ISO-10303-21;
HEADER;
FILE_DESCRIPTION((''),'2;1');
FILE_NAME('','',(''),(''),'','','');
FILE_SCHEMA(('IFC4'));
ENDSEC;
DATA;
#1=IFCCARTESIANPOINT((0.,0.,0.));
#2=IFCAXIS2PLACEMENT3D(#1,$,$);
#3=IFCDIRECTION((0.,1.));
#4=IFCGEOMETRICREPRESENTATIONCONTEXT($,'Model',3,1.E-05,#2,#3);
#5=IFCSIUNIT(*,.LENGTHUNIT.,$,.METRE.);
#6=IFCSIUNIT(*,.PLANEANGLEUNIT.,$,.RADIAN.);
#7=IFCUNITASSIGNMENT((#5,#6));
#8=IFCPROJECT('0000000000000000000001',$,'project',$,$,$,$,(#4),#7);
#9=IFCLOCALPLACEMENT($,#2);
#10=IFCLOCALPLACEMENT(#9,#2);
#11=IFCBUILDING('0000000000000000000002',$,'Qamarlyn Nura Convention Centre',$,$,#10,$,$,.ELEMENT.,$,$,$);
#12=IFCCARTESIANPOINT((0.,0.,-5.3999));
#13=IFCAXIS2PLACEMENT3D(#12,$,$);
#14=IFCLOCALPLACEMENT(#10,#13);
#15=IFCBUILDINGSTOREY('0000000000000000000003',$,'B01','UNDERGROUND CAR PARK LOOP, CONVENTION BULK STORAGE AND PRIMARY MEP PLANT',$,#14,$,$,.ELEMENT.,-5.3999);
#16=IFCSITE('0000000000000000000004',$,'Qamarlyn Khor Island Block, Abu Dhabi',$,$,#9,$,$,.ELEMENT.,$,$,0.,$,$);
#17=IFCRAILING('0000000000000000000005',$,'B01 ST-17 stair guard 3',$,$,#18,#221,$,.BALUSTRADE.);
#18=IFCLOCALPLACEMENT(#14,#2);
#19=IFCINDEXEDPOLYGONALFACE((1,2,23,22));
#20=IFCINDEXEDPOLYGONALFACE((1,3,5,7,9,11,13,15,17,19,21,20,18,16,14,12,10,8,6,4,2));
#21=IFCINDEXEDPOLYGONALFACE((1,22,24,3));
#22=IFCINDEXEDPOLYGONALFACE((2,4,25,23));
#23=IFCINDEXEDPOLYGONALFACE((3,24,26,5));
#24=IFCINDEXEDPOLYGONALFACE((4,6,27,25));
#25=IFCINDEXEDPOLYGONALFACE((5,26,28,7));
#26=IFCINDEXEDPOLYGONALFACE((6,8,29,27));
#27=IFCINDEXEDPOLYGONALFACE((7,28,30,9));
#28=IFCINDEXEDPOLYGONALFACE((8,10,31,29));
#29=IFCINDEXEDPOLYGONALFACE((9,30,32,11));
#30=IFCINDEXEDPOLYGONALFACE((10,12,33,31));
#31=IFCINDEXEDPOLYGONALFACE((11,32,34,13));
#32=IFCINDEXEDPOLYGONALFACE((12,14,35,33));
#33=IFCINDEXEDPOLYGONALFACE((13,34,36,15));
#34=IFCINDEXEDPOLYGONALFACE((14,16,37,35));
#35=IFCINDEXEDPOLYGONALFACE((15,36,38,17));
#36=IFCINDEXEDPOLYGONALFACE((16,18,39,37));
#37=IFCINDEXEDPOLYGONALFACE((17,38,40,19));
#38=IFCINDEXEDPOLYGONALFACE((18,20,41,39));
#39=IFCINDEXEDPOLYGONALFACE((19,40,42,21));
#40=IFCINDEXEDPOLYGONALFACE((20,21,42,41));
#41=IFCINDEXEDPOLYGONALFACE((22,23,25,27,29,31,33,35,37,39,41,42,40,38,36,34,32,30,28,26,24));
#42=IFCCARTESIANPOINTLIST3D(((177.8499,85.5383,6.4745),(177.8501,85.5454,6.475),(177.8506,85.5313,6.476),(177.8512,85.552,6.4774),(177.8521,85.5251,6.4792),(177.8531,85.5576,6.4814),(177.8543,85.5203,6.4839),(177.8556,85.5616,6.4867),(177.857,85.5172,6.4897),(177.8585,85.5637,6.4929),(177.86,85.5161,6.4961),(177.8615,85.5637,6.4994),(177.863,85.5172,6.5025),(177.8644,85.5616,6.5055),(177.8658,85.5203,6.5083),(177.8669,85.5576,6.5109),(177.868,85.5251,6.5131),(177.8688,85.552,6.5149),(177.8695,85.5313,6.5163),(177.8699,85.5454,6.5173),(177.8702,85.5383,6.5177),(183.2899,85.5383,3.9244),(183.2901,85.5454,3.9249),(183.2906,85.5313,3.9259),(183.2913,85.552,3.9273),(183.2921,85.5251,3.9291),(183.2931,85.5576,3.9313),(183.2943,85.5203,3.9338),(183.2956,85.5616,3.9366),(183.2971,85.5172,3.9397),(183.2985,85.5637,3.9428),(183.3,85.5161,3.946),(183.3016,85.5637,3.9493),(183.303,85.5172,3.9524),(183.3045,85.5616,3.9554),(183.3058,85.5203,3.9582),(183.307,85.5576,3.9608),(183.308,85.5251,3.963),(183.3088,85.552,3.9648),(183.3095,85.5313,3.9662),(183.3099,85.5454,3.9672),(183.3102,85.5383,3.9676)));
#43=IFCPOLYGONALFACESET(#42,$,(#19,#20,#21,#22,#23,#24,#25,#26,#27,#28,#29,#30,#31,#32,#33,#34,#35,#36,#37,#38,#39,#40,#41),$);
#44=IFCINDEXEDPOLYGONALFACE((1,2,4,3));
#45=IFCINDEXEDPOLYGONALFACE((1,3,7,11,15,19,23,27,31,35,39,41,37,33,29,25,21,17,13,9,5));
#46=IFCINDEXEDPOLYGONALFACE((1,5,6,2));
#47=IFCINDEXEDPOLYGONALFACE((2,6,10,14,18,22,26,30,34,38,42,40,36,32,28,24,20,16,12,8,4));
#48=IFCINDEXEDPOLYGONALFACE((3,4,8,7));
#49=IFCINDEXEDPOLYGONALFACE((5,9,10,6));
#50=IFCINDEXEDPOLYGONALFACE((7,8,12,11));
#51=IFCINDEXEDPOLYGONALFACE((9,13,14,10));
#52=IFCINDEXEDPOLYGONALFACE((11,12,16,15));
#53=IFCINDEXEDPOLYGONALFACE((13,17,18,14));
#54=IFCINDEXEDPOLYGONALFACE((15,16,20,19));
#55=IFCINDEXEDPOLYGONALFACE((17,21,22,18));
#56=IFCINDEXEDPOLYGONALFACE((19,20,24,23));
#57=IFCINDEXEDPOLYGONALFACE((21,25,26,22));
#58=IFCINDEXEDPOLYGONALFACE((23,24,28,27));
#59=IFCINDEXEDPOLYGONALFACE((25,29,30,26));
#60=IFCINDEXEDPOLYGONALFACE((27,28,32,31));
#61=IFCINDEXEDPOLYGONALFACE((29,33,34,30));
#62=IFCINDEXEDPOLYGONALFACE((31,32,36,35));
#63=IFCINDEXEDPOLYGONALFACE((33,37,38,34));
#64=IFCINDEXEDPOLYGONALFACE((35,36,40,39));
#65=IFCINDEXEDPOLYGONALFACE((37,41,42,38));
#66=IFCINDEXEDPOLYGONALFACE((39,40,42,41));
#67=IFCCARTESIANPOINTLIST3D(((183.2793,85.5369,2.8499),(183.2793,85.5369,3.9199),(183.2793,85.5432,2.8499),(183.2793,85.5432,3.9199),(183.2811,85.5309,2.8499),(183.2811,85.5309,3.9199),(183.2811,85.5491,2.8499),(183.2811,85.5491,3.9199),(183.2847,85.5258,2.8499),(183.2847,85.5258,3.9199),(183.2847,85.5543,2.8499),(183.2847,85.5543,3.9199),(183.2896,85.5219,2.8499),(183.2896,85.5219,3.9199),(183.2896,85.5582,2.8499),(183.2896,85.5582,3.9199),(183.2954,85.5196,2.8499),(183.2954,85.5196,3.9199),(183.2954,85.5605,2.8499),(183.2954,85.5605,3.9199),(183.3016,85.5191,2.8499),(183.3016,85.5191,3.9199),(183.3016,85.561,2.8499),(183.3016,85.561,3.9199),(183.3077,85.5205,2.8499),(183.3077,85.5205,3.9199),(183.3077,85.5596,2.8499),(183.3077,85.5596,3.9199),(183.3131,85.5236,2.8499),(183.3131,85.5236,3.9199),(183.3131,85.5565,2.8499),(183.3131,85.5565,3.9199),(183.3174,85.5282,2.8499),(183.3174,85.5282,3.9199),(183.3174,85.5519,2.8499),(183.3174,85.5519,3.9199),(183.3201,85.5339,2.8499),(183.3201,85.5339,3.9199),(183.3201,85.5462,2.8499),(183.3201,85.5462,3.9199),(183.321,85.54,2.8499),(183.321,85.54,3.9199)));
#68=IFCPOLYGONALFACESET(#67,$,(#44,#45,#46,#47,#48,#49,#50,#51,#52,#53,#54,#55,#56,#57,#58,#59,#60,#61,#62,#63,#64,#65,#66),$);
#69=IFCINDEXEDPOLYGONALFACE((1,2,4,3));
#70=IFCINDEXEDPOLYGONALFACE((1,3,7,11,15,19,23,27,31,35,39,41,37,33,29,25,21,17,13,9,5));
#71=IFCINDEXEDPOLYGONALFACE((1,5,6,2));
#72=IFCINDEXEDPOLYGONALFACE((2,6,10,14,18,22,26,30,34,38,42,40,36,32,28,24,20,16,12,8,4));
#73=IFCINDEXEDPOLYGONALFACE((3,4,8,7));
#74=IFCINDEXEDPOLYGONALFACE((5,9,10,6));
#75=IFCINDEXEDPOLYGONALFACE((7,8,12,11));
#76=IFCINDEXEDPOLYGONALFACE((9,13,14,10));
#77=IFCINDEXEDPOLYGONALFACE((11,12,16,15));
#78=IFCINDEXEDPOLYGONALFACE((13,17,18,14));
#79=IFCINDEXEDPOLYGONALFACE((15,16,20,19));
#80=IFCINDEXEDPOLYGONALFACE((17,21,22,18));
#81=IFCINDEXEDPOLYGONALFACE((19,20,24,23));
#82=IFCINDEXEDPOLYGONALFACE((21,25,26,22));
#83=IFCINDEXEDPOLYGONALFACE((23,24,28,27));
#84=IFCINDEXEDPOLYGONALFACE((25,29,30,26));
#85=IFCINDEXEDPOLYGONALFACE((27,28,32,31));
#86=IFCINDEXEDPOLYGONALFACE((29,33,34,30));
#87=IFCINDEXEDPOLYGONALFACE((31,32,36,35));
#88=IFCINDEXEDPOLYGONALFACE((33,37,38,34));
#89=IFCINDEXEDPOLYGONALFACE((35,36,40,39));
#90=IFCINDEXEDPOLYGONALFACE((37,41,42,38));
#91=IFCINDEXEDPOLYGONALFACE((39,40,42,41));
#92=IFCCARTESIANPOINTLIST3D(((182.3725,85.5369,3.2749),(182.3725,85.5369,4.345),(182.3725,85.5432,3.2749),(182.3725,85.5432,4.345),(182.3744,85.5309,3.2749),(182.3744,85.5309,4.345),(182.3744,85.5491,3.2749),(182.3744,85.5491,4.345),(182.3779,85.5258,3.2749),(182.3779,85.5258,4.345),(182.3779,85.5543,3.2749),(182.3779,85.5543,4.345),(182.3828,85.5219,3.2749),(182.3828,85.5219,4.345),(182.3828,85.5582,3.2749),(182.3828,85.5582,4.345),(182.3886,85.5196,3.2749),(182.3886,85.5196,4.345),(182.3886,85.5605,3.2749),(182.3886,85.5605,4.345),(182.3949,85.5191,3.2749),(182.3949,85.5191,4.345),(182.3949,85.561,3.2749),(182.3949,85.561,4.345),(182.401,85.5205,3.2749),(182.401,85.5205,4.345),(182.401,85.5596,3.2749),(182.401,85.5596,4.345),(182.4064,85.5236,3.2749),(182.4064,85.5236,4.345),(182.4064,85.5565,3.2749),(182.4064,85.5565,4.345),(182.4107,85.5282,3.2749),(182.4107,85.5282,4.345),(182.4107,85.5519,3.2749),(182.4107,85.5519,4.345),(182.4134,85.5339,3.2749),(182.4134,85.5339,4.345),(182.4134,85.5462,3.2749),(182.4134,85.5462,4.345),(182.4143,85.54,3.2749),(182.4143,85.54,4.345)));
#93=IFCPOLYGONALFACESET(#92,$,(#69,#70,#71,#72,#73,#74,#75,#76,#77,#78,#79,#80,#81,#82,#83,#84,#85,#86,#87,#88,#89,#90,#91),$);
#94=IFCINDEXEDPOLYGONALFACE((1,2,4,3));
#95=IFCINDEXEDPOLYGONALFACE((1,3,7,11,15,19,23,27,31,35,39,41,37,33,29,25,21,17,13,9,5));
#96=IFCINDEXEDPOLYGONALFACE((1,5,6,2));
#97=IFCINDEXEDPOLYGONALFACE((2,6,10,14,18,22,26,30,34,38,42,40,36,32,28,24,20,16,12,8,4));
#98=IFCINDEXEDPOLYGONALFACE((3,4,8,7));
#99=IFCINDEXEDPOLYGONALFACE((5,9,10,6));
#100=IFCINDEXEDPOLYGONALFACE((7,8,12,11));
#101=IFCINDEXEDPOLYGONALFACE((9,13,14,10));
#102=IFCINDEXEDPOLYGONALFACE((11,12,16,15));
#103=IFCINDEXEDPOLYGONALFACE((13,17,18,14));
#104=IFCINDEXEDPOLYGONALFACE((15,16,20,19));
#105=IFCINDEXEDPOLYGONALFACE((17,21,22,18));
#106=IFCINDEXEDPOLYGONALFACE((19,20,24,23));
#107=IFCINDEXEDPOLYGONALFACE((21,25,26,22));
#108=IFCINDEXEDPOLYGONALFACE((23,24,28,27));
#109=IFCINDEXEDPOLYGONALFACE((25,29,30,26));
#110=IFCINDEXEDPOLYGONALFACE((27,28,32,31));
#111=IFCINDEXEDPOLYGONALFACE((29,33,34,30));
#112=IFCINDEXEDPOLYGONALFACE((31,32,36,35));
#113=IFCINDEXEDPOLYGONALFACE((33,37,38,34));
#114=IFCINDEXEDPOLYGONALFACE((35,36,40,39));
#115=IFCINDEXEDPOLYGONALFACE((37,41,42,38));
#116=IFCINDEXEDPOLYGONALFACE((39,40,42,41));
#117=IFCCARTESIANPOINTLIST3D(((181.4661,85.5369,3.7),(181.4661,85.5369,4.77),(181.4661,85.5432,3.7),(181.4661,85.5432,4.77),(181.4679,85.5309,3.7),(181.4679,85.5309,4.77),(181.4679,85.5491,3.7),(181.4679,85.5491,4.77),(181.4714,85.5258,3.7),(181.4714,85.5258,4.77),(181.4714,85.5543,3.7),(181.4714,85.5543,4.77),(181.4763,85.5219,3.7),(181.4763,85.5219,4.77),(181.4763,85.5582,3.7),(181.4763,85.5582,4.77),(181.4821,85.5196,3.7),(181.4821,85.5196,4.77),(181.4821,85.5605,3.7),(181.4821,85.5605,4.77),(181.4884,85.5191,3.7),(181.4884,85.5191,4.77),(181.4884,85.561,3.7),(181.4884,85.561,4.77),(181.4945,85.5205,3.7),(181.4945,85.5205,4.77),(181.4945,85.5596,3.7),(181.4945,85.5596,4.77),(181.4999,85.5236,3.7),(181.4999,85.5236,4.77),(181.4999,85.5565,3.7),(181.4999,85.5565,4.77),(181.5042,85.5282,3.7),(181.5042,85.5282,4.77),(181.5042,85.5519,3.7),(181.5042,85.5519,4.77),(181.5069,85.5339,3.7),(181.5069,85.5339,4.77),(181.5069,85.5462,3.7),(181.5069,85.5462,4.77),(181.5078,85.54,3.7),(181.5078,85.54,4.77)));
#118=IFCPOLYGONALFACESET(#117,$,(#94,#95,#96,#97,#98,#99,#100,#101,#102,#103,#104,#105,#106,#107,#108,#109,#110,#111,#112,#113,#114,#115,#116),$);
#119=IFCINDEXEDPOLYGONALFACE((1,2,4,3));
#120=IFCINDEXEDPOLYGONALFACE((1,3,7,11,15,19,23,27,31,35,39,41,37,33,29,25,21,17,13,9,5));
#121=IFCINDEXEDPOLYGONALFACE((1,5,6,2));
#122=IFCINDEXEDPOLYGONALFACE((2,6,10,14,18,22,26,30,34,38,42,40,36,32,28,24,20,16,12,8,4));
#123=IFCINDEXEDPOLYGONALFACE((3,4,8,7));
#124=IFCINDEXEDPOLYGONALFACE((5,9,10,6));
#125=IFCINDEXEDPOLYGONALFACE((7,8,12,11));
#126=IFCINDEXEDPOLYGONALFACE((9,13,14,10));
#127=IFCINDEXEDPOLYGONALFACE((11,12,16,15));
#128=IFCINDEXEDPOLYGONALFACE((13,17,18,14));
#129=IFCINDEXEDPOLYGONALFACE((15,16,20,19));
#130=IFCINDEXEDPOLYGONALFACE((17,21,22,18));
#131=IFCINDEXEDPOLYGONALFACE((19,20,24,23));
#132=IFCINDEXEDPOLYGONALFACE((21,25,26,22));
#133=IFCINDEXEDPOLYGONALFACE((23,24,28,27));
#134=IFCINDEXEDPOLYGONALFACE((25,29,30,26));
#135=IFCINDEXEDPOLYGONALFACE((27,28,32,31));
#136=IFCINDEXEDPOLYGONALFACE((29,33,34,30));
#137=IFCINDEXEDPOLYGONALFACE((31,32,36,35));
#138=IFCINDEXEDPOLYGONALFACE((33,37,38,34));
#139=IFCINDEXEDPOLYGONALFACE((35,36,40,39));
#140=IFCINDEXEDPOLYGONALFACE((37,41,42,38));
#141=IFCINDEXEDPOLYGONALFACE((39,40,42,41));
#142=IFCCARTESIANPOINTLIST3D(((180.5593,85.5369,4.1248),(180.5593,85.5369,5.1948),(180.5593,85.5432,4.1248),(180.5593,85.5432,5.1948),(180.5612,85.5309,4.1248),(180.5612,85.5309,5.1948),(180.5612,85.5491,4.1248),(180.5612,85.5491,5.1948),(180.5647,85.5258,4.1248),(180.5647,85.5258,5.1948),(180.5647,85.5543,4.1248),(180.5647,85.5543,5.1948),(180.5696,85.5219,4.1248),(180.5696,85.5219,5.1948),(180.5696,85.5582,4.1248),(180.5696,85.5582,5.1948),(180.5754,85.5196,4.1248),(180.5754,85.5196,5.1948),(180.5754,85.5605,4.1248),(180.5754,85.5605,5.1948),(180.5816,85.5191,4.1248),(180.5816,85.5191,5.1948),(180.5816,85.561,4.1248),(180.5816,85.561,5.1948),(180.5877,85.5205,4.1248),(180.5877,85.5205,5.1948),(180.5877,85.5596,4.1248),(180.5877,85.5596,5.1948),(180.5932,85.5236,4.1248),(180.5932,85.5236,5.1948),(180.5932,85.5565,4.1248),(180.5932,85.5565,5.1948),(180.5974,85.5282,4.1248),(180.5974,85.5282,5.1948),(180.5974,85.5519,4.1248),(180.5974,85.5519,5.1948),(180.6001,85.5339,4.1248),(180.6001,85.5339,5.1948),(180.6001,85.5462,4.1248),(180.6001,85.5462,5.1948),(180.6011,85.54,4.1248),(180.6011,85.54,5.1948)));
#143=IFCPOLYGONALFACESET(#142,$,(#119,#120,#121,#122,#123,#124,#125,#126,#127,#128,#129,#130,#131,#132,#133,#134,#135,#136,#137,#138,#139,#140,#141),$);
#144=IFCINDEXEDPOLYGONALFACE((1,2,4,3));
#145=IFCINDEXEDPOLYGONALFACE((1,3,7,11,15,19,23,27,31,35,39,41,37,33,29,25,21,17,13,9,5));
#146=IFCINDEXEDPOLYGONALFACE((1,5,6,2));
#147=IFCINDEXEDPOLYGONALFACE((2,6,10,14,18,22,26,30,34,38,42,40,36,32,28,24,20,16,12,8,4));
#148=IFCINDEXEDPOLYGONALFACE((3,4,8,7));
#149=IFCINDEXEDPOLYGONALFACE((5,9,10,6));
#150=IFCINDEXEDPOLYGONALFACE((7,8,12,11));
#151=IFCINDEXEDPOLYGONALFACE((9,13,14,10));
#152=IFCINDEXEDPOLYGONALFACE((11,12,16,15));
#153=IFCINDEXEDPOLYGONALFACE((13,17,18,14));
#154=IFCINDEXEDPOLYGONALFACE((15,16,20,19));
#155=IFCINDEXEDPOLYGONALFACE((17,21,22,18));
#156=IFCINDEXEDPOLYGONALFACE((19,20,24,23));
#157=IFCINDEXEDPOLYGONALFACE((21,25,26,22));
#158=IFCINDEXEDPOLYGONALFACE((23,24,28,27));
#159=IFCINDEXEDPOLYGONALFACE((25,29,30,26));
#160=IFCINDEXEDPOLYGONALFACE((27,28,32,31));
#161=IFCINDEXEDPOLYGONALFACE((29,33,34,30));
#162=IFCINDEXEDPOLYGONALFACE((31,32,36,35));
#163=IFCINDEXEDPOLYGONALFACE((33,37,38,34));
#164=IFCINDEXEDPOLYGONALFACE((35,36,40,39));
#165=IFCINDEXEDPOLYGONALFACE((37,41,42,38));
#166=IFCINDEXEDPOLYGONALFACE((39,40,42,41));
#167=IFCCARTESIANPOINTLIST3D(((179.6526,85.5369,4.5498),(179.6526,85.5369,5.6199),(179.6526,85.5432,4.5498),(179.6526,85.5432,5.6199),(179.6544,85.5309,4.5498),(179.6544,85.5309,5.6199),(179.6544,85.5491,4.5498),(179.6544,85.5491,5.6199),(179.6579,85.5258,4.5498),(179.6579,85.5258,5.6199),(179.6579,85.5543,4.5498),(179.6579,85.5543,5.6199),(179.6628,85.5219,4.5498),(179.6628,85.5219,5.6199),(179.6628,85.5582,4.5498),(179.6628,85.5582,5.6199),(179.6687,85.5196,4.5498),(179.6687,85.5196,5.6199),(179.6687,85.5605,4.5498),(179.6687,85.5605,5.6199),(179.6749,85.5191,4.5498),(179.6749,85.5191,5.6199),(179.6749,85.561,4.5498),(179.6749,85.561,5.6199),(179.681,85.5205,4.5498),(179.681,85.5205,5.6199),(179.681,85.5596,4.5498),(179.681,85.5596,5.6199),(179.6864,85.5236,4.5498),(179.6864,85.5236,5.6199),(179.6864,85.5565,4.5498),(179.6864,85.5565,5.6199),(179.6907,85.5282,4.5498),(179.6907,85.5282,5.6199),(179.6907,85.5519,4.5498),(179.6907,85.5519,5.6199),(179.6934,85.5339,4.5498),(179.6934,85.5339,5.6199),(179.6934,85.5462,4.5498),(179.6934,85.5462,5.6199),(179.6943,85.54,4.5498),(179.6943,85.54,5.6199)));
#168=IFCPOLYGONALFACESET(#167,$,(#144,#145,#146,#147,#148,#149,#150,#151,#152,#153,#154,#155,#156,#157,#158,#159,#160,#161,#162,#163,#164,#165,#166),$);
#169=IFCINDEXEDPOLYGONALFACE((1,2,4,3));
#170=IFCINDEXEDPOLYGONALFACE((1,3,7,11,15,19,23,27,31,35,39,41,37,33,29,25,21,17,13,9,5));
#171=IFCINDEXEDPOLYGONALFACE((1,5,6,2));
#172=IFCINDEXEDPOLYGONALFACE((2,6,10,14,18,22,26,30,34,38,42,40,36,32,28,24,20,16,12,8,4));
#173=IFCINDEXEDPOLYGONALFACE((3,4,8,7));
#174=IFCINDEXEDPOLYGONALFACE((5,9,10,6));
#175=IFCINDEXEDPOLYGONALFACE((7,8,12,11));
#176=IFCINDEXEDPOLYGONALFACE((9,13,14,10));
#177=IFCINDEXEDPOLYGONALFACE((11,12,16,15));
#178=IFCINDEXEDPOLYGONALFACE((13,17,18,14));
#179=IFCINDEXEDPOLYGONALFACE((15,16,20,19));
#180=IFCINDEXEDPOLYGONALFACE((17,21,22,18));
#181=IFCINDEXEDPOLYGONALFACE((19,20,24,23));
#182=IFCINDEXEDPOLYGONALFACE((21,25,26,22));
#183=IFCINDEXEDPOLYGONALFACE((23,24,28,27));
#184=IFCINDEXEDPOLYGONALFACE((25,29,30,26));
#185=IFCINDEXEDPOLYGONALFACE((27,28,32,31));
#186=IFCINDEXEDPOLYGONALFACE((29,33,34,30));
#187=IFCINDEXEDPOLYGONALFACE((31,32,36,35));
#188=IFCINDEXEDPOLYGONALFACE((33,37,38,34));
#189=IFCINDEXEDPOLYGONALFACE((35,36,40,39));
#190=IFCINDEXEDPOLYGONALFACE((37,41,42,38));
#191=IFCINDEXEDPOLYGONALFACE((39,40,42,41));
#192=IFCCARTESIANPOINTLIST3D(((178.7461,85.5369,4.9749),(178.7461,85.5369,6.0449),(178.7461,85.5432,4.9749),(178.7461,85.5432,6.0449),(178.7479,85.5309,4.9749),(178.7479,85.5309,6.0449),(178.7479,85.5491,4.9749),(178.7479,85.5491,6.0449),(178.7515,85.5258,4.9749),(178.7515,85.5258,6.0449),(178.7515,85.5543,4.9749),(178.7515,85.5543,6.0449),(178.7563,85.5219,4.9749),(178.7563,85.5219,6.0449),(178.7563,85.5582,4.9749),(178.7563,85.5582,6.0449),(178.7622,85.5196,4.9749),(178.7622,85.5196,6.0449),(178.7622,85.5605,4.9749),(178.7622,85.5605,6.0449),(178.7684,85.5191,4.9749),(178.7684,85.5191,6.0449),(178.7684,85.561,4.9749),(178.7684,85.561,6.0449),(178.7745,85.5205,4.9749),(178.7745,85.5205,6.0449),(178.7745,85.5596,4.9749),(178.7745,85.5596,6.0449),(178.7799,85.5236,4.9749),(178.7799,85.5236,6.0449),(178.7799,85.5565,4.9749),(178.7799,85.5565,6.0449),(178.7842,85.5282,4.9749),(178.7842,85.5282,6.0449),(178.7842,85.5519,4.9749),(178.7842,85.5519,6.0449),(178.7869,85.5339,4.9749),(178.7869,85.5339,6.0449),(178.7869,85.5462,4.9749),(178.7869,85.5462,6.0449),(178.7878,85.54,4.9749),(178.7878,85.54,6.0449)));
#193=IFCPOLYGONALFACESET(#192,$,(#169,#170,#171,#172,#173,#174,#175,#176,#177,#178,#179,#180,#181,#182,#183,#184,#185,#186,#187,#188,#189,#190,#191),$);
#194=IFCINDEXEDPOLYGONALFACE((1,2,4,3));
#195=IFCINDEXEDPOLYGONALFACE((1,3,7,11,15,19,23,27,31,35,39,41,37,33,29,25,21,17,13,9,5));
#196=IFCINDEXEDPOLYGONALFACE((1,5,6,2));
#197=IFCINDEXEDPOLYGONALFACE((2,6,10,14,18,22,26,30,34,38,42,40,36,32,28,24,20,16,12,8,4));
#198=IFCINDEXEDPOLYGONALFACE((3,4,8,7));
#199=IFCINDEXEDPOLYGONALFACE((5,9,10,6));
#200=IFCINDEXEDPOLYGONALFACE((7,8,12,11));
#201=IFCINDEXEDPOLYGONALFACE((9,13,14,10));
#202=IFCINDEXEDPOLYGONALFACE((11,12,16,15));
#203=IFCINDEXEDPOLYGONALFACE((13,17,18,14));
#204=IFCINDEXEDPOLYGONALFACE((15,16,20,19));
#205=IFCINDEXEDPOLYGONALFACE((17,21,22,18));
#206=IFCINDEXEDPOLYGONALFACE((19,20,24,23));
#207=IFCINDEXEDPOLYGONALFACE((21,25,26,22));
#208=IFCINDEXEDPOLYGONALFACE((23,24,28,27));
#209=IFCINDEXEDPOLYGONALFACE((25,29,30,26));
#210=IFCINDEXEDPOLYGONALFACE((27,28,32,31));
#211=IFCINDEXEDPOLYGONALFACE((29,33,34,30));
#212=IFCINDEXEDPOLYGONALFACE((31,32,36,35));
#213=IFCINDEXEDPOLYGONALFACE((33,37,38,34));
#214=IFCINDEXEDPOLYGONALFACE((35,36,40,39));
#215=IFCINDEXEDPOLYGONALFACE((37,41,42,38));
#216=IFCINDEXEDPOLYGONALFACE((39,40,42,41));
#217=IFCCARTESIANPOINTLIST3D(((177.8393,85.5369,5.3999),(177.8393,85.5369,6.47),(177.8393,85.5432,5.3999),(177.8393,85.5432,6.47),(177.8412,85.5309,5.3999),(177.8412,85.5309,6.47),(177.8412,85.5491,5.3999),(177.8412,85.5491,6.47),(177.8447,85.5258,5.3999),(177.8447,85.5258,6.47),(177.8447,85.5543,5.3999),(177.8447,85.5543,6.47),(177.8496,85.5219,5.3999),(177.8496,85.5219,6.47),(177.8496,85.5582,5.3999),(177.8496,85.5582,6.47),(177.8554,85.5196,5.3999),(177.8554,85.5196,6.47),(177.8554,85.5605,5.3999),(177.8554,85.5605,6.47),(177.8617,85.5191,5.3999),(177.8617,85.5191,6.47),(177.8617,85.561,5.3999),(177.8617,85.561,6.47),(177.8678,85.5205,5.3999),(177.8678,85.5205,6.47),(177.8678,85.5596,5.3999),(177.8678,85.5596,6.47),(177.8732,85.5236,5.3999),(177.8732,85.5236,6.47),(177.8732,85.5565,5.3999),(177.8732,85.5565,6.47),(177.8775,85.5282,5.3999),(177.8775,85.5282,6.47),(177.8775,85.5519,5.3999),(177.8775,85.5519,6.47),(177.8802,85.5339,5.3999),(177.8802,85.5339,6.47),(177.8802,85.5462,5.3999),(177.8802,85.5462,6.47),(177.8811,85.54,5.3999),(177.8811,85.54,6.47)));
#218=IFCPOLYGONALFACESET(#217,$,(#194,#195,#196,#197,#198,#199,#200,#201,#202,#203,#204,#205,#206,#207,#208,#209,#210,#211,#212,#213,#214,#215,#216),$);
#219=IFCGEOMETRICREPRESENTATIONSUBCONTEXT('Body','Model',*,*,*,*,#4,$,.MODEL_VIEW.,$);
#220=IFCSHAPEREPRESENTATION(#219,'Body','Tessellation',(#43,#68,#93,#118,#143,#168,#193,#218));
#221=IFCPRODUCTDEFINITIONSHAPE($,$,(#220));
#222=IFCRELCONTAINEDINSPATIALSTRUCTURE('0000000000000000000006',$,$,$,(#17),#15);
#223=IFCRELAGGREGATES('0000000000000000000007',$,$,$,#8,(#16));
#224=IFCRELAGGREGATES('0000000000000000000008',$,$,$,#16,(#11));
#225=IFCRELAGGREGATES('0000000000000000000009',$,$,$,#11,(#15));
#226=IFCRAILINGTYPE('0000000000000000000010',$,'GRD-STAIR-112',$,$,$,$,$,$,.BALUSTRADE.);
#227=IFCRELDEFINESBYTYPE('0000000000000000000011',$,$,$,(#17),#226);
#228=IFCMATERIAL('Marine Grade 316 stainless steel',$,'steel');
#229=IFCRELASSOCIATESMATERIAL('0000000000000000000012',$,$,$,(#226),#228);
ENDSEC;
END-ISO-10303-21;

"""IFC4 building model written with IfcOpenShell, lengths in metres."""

from ifc_helpers import new_model, si_unit, direction, frame, origin, origin_2d, place, context, subcontext, project, spatial, circle, extrude, material, type_object, element, save


model = new_model("IFC4")

# Units and contexts
model_context = context("Model", 3, precision=1e-05, world=origin(), true_north=direction((0.0, 1.0)))
body_context = subcontext(model_context, "Body", "Model", "MODEL_VIEW")
ifc_project = project(units=[si_unit("LENGTHUNIT", "METRE"), si_unit("PLANEANGLEUNIT", "RADIAN")], contexts=[model_context])

# Site, building, storey
site_placement = place(None, origin())
site = spatial("IfcSite", under=ifc_project, at=site_placement, Name="Qamarlyn Khor Island Block, Abu Dhabi", CompositionType="ELEMENT", RefElevation=0.0)
building_placement = place(site_placement, origin())
building = spatial("IfcBuilding", under=site, at=building_placement, Name="Qamarlyn Nura Convention Centre", CompositionType="ELEMENT")
storey_placement = place(building_placement, frame((0.0, 0.0, -5.3999)))
storey = spatial("IfcBuildingStorey", under=building, at=storey_placement, Name="B01", Description="UNDERGROUND CAR PARK LOOP, CONVENTION BULK STORAGE AND PRIMARY MEP PLANT", CompositionType="ELEMENT", Elevation=-5.3999)

# Railing
ifc_material_1 = material(Name="Marine Grade 316 stainless steel", Category="steel")
railing_type_1 = type_object("IfcRailingType", Name="GRD-STAIR-112", PredefinedType="BALUSTRADE", material=ifc_material_1)
railing_1_placement = place(storey_placement, frame((183.3, 85.54, 2.8499)))
element("IfcRailing", 1, at=railing_1_placement, inside=storey, type_object=railing_type_1, Name="B01 ST-17 stair guard 3", PredefinedType="BALUSTRADE", context=body_context, shape_type="SweptSolid", body=[
    extrude(circle(Radius=0.0239, at=origin_2d()), frame((0.0, 0.0, 1.0962), z_axis=(-0.905454, 0.0, 0.424444), x_axis=(0.0, -1.0, 0.0)), (0.0, 0.0, 1.0), 6.0081),
    extrude(circle(Radius=0.021, at=origin_2d()), origin(), (0.0, 0.0, 1.0), 1.0701),
    extrude(circle(Radius=0.021, at=origin_2d()), frame((-0.9067, 0.0, 0.425)), (0.0, 0.0, 1.0), 1.0701),
    extrude(circle(Radius=0.021, at=origin_2d()), frame((-1.8132, 0.0, 0.8501)), (0.0, 0.0, 1.0), 1.0701),
    extrude(circle(Radius=0.021, at=origin_2d()), frame((-2.72, 0.0, 1.2749)), (0.0, 0.0, 1.0), 1.0701),
    extrude(circle(Radius=0.021, at=origin_2d()), frame((-3.6267, 0.0, 1.7)), (0.0, 0.0, 1.0), 1.0701),
    extrude(circle(Radius=0.021, at=origin_2d()), frame((-4.5332, 0.0, 2.125)), (0.0, 0.0, 1.0), 1.0701),
    extrude(circle(Radius=0.021, at=origin_2d()), frame((-5.4399, 0.0, 2.55)), (0.0, 0.0, 1.0), 1.0701),
])

save(model, "model.ifc")
